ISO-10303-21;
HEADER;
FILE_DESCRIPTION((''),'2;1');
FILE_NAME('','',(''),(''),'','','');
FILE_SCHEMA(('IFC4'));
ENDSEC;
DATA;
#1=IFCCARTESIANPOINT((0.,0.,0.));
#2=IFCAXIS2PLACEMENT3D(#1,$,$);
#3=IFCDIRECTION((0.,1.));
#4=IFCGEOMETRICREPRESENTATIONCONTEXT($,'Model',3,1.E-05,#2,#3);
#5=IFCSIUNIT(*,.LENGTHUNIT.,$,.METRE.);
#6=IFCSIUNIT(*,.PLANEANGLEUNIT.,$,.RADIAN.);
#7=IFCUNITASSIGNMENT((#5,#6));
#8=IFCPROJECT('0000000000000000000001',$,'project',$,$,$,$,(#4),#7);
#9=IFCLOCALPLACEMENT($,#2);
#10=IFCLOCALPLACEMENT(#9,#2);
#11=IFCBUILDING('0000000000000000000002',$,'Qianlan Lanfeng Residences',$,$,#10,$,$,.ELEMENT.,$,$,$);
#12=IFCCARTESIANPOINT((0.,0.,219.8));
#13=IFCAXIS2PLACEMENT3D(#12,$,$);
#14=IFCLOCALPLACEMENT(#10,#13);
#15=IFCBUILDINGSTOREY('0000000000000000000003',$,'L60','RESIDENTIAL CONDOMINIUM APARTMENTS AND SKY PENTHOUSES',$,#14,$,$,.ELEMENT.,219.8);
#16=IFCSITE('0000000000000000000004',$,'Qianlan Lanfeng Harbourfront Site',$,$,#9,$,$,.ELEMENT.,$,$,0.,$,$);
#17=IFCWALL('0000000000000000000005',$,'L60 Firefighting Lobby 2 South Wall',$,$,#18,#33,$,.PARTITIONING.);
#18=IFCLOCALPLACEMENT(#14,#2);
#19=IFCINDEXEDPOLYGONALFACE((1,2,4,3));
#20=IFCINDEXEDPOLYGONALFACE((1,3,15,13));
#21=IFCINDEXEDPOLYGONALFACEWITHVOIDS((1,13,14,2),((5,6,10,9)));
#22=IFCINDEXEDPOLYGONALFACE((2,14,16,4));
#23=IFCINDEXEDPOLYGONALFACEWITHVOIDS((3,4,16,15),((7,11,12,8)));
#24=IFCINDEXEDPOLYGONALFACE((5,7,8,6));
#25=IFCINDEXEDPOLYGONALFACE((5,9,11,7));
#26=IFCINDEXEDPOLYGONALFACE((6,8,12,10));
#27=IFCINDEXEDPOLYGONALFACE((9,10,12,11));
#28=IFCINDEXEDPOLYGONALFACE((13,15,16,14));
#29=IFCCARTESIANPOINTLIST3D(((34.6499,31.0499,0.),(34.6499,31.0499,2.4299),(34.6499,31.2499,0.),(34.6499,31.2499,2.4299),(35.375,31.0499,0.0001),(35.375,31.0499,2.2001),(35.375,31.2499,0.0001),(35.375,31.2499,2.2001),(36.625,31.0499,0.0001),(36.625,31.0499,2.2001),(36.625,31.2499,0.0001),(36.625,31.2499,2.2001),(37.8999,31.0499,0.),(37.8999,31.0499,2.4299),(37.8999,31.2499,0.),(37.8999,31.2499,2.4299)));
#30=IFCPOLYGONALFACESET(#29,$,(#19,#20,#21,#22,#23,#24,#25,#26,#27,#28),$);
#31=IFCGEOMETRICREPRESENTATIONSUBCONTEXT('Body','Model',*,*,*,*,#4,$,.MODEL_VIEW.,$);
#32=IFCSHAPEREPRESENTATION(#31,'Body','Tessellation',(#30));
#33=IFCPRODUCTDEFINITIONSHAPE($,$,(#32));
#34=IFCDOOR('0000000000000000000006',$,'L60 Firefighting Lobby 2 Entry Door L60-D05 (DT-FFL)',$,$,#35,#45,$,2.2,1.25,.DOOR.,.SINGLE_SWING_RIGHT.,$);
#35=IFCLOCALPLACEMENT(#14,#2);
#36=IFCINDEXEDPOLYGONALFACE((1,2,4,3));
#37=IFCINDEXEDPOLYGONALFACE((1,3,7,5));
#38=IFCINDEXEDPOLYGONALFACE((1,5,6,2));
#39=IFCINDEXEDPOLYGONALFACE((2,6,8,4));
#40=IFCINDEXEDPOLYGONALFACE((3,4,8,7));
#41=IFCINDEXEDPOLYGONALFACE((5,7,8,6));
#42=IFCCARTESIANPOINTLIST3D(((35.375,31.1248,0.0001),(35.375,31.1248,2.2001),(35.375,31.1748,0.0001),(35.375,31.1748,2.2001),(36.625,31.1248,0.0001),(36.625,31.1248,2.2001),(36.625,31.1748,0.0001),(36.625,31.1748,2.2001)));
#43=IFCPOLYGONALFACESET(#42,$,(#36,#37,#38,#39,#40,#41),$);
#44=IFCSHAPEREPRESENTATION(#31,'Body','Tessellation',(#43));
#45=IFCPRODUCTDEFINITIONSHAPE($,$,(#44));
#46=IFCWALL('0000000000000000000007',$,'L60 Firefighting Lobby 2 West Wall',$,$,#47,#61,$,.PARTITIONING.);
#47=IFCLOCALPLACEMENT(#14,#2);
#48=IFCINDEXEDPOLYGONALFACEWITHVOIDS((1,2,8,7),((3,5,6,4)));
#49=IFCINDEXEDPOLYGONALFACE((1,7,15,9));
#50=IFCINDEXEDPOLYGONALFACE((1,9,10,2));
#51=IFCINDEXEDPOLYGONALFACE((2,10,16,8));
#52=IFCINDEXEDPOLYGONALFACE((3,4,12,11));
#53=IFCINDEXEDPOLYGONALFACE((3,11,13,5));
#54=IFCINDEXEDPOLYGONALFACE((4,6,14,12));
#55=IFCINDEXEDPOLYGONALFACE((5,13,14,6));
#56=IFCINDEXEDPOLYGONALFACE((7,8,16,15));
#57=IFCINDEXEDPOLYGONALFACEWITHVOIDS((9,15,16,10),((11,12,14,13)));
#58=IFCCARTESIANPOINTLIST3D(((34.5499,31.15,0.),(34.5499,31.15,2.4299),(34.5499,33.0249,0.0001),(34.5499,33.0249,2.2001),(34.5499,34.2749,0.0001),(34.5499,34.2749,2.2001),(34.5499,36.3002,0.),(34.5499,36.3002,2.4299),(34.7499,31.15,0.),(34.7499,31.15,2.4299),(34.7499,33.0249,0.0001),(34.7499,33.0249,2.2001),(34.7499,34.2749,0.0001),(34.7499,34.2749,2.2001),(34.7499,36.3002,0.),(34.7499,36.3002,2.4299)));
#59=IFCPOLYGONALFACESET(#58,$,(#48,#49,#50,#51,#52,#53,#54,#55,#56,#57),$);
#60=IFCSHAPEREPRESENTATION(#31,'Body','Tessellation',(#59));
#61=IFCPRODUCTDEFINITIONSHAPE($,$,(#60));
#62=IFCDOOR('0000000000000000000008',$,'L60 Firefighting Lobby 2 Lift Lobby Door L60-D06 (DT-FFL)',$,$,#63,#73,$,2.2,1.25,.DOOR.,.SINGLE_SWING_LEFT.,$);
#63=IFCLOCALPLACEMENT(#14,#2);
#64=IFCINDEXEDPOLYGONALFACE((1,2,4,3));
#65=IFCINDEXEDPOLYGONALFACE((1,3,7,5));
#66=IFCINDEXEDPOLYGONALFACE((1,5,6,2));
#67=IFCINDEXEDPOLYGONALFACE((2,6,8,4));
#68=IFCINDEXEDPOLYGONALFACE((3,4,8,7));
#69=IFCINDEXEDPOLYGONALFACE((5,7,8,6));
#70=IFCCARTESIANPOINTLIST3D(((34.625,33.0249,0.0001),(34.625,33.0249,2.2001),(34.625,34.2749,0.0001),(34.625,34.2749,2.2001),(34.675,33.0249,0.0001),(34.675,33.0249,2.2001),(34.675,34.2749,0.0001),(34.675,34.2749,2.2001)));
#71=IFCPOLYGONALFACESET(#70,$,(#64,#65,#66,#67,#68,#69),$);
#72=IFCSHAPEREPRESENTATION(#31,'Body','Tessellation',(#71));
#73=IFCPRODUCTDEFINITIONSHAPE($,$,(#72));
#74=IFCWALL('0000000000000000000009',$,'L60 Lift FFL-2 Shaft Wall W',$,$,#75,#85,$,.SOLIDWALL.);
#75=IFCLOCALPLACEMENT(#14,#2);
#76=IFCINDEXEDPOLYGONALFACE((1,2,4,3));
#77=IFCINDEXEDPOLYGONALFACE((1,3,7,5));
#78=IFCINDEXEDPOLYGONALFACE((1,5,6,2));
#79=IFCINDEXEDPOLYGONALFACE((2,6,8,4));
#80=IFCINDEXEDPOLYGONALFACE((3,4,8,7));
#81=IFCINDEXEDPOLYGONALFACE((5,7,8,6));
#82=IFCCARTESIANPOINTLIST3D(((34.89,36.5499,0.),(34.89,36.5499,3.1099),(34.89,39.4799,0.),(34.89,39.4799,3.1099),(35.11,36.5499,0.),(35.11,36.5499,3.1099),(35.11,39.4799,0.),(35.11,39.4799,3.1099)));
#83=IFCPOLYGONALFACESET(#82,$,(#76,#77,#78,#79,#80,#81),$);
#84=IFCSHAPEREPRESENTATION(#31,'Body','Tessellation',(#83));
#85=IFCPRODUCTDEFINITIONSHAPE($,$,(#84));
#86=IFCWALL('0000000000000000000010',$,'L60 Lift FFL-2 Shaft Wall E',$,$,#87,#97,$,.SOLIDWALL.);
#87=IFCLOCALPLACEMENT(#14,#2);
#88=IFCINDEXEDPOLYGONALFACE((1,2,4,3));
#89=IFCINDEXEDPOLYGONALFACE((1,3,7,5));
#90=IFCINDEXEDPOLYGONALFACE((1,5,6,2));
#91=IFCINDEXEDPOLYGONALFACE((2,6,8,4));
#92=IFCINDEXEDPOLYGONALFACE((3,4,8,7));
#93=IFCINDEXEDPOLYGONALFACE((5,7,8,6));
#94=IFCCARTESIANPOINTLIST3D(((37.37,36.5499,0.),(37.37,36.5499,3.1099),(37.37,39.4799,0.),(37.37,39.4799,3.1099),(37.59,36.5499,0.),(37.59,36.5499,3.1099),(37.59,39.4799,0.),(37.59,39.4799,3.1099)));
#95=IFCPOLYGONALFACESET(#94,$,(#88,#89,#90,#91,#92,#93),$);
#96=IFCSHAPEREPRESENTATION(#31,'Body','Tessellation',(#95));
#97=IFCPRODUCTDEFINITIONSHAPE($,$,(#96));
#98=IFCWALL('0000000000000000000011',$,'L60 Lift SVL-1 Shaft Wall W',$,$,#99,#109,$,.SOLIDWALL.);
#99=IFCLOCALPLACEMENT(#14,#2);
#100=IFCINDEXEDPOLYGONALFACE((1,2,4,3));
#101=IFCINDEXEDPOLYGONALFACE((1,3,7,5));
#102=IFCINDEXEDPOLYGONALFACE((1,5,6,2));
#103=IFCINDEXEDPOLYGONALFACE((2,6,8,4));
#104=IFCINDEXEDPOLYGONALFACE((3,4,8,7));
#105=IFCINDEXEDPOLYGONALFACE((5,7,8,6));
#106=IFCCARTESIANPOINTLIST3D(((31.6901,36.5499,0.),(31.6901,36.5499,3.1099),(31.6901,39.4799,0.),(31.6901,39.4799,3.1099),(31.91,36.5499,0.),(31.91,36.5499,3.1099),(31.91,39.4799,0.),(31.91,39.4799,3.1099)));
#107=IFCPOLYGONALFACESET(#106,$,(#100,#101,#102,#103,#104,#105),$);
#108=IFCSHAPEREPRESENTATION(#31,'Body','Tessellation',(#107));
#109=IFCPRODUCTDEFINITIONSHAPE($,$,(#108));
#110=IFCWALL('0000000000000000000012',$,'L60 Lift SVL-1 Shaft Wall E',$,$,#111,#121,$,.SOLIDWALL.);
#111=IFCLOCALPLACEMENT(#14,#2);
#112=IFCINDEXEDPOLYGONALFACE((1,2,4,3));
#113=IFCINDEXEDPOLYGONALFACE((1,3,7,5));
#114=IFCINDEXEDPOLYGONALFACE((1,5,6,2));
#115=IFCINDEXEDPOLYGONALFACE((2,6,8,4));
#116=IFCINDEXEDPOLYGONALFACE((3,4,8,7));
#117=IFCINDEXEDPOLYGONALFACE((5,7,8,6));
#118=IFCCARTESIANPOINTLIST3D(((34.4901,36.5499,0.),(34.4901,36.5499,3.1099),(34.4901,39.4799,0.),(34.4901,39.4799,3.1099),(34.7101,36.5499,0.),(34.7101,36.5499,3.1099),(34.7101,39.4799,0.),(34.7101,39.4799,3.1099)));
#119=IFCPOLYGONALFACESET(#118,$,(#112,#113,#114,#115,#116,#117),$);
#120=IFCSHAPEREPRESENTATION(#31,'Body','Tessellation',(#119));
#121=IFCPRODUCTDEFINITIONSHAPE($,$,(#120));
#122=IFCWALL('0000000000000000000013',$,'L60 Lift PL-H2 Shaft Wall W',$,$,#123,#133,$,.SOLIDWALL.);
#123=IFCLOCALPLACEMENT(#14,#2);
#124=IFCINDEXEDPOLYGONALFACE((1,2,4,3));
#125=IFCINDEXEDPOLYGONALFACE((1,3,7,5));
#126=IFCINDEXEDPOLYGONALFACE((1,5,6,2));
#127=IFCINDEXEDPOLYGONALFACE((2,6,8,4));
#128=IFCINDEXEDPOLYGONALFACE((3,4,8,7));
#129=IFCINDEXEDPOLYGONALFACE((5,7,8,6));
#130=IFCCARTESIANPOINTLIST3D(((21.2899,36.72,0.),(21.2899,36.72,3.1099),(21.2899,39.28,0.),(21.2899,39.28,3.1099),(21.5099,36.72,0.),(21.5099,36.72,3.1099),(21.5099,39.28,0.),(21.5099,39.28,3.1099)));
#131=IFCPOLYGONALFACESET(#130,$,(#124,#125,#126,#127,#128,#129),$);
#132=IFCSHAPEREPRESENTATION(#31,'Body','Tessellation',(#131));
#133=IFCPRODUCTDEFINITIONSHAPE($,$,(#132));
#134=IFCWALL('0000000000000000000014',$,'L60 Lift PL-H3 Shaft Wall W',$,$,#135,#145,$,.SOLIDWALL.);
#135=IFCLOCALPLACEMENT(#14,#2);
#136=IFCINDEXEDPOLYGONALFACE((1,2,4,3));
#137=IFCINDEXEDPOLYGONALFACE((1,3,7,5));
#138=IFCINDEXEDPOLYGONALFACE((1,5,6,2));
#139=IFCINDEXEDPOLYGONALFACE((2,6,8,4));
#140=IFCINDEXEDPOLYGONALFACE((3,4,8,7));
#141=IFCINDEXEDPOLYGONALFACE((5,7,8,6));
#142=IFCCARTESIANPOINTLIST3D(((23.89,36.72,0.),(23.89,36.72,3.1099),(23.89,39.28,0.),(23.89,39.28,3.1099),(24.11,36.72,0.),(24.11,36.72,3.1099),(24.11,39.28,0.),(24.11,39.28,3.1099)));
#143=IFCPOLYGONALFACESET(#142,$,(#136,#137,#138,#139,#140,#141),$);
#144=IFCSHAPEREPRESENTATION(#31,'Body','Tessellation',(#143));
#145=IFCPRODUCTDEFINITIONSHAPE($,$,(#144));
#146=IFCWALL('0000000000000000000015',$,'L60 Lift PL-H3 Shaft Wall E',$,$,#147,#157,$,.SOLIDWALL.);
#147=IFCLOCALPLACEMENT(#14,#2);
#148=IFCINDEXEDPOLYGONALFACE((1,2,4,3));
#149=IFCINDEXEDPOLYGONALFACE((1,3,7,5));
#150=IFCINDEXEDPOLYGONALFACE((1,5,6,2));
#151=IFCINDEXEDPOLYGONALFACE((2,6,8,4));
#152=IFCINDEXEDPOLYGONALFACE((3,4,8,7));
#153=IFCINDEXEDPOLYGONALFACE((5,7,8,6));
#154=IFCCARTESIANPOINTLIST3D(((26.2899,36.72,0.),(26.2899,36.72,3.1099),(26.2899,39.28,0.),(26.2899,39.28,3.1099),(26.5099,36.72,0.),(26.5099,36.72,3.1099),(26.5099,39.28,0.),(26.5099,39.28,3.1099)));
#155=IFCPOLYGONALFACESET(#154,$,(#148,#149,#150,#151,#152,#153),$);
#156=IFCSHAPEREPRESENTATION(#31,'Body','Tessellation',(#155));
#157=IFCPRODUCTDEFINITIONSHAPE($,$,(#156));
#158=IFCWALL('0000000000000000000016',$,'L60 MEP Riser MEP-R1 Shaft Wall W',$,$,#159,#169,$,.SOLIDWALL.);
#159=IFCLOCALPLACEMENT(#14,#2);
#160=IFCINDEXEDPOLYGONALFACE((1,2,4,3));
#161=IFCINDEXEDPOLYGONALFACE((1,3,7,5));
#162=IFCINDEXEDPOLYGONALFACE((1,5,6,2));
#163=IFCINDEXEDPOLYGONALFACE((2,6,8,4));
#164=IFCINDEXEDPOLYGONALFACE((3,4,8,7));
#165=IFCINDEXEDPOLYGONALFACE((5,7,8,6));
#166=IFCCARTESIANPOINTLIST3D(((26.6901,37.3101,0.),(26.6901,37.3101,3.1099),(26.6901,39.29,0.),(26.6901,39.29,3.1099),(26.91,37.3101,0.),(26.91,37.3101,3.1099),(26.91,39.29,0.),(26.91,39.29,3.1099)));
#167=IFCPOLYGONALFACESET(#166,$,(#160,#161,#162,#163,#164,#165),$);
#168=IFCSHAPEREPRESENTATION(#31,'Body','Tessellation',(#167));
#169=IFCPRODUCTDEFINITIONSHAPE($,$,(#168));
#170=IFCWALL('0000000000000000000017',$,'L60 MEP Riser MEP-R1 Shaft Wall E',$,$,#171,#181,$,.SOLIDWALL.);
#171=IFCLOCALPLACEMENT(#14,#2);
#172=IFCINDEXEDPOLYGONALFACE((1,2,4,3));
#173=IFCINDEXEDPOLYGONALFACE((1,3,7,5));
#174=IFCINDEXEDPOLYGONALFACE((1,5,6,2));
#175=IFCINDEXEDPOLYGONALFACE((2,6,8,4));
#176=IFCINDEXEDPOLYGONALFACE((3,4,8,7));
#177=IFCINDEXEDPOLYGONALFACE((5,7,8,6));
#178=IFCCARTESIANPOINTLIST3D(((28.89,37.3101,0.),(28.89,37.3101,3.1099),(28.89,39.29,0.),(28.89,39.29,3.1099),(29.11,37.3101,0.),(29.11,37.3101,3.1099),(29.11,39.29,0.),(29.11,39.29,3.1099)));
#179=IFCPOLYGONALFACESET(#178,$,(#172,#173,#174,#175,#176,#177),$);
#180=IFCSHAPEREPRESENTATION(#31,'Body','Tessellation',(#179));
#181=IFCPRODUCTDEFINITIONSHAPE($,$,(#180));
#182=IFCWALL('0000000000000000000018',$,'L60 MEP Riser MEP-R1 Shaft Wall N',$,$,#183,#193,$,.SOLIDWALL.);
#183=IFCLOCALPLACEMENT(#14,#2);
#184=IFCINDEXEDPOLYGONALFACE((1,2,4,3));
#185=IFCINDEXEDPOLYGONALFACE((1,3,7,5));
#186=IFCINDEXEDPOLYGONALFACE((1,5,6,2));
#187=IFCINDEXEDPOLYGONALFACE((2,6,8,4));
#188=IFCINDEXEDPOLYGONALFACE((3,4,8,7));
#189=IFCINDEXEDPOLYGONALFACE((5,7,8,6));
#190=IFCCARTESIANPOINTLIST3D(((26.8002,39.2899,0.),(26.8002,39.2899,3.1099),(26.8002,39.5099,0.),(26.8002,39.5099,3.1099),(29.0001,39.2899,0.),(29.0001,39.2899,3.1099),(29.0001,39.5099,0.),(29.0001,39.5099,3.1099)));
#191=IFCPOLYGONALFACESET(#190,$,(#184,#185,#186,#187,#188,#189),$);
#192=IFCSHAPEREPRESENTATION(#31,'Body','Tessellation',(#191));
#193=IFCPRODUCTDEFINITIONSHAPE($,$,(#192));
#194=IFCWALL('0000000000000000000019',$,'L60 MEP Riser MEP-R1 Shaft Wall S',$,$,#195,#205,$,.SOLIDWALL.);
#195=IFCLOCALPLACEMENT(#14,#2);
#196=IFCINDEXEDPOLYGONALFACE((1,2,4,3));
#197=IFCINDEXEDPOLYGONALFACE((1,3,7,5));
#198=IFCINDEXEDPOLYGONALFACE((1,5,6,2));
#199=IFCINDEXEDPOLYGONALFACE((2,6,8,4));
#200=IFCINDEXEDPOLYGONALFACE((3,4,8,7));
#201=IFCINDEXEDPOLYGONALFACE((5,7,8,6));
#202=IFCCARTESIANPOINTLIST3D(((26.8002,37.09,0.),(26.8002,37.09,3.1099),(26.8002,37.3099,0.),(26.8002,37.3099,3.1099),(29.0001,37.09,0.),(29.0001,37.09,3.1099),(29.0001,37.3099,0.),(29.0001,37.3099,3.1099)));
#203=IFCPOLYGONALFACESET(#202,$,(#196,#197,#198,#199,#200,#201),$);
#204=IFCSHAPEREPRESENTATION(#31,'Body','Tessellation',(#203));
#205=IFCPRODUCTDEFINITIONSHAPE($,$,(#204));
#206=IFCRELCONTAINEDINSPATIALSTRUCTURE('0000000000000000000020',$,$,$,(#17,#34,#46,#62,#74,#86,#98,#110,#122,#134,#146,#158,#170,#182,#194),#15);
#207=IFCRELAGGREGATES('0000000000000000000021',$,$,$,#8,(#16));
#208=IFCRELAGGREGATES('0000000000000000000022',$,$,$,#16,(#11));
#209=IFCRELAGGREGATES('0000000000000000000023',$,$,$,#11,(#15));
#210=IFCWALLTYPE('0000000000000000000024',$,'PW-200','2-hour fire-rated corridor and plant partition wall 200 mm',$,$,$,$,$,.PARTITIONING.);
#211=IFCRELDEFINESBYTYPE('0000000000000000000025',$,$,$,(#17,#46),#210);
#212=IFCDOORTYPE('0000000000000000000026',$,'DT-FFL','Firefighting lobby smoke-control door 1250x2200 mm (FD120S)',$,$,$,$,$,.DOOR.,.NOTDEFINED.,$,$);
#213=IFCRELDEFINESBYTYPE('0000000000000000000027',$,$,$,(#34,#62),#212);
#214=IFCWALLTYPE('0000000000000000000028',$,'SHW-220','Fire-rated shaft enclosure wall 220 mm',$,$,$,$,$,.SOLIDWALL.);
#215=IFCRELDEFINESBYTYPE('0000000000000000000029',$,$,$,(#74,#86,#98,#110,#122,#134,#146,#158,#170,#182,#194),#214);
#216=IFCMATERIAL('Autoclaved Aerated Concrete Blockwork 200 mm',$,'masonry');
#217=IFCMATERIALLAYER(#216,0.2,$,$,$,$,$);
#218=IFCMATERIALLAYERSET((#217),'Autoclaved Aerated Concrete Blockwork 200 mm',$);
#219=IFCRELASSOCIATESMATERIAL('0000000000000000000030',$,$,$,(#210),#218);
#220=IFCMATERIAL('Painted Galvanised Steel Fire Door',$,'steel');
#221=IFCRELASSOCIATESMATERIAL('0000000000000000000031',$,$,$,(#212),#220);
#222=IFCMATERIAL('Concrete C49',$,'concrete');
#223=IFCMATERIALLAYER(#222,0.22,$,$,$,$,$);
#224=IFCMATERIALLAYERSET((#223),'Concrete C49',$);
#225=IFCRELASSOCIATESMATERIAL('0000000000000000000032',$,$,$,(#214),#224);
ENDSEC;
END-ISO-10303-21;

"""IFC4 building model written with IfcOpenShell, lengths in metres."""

from ifc_helpers import new_model, si_unit, direction, frame, frame_2d, origin, place, context, subcontext, project, spatial, rectangle, extrude, material, layer, layer_set, type_object, element, fill, save


model = new_model("IFC4")

# Units and contexts
model_context = context("Model", 3, precision=1e-05, world=origin(), true_north=direction((0.0, 1.0)))
body_context = subcontext(model_context, "Body", "Model", "MODEL_VIEW")
ifc_project = project(units=[si_unit("LENGTHUNIT", "METRE"), si_unit("PLANEANGLEUNIT", "RADIAN")], contexts=[model_context])

# Site, building, storey
site_placement = place(None, origin())
site = spatial("IfcSite", under=ifc_project, at=site_placement, Name="Qianlan Lanfeng Harbourfront Site", CompositionType="ELEMENT", RefElevation=0.0)
building_placement = place(site_placement, origin())
building = spatial("IfcBuilding", under=site, at=building_placement, Name="Qianlan Lanfeng Residences", CompositionType="ELEMENT")
storey_placement = place(building_placement, frame((0.0, 0.0, 219.8)))
storey = spatial("IfcBuildingStorey", under=building, at=storey_placement, Name="L60", Description="RESIDENTIAL CONDOMINIUM APARTMENTS AND SKY PENTHOUSES", CompositionType="ELEMENT", Elevation=219.8)

# Walls, openings, doors
ifc_material_1 = material(Name="Autoclaved Aerated Concrete Blockwork 200 mm", Category="masonry")
ifc_layer_1 = layer(ifc_material_1, 0.2)
ifc_layer_set_1 = layer_set([ifc_layer_1], Name="Autoclaved Aerated Concrete Blockwork 200 mm")
wall_type_1 = type_object("IfcWallType", Name="PW-200", Description="2-hour fire-rated corridor and plant partition wall 200 mm", PredefinedType="PARTITIONING", material=ifc_layer_set_1)
wall_1_placement = place(storey_placement, frame((34.6499, 31.1499, 0.0), z_axis=(0.0, 0.0, 1.0), x_axis=(1.0, 0.0, 0.0)))
wall_1 = element("IfcWall", 1, at=wall_1_placement, inside=storey, type_object=wall_type_1, Name="L60 Firefighting Lobby 2 South Wall", PredefinedType="PARTITIONING", context=body_context, shape_type="SweptSolid", body=[
    extrude(rectangle(XDim=3.25, YDim=0.2, at=frame_2d((1.625, 0.0))), origin(), (0.0, 0.0, 1.0), 2.4299),
])
opening_1_placement = place(wall_1_placement, frame((0.7251, 0.0, 0.0)))
opening_1 = element("IfcOpeningElement", 2, at=opening_1_placement, cuts=wall_1, PredefinedType="OPENING", context=body_context, shape_type="SweptSolid", body=[
    extrude(rectangle(XDim=1.25, YDim=2.2, at=frame_2d((0.625, 1.1001))), frame((0.0, 0.1099, 0.0), z_axis=(0.0, -1.0, 0.0), x_axis=(1.0, 0.0, 0.0)), (0.0, 0.0, 1.0), 0.22),
])
ifc_material_2 = material(Name="Painted Galvanised Steel Fire Door", Category="steel")
door_type = type_object("IfcDoorType", Name="DT-FFL", Description="Firefighting lobby smoke-control door 1250x2200 mm (FD120S)", OperationType="NOTDEFINED", PredefinedType="DOOR", material=ifc_material_2)
door_1_placement = place(opening_1_placement, origin())
door_1 = element("IfcDoor", 3, at=door_1_placement, inside=storey, type_object=door_type, Name="L60 Firefighting Lobby 2 Entry Door L60-D05 (DT-FFL)", OperationType="SINGLE_SWING_RIGHT", OverallHeight=2.2, OverallWidth=1.25, PredefinedType="DOOR", context=body_context, shape_type="SweptSolid", body=[
    extrude(rectangle(XDim=1.25, YDim=2.2, at=frame_2d((0.625, 1.1001))), frame((0.0, 0.0249, 0.0), z_axis=(0.0, -1.0, 0.0), x_axis=(1.0, 0.0, 0.0)), (0.0, 0.0, 1.0), 0.05),
])
fill(opening_1, door_1)
wall_2_placement = place(storey_placement, frame((34.6499, 31.1499, 0.0), z_axis=(0.0, 0.0, 1.0), x_axis=(0.0, 1.0, 0.0)))
wall_2 = element("IfcWall", 4, at=wall_2_placement, inside=storey, type_object=wall_type_1, Name="L60 Firefighting Lobby 2 West Wall", PredefinedType="PARTITIONING", context=body_context, shape_type="SweptSolid", body=[
    extrude(rectangle(XDim=5.1501, YDim=0.2, at=frame_2d((2.5752, 0.0))), origin(), (0.0, 0.0, 1.0), 2.4299),
])
opening_2_placement = place(wall_2_placement, frame((1.875, 0.0, 0.0)))
opening_2 = element("IfcOpeningElement", 5, at=opening_2_placement, cuts=wall_2, PredefinedType="OPENING", context=body_context, shape_type="SweptSolid", body=[
    extrude(rectangle(XDim=1.25, YDim=2.2, at=frame_2d((0.625, 1.1001))), frame((0.0, 0.1099, 0.0), z_axis=(0.0, -1.0, 0.0), x_axis=(1.0, 0.0, 0.0)), (0.0, 0.0, 1.0), 0.22),
])
door_2_placement = place(opening_2_placement, origin())
door_2 = element("IfcDoor", 6, at=door_2_placement, inside=storey, type_object=door_type, Name="L60 Firefighting Lobby 2 Lift Lobby Door L60-D06 (DT-FFL)", OperationType="SINGLE_SWING_LEFT", OverallHeight=2.2, OverallWidth=1.25, PredefinedType="DOOR", context=body_context, shape_type="SweptSolid", body=[
    extrude(rectangle(XDim=1.25, YDim=2.2, at=frame_2d((0.625, 1.1001))), frame((0.0, 0.0249, 0.0), z_axis=(0.0, -1.0, 0.0), x_axis=(1.0, 0.0, 0.0)), (0.0, 0.0, 1.0), 0.05),
])
fill(opening_2, door_2)

# Walls
ifc_material_3 = material(Name="Concrete C49", Category="concrete")
ifc_layer_2 = layer(ifc_material_3, 0.22)
ifc_layer_set_2 = layer_set([ifc_layer_2], Name="Concrete C49")
wall_type_2 = type_object("IfcWallType", Name="SHW-220", Description="Fire-rated shaft enclosure wall 220 mm", PredefinedType="SOLIDWALL", material=ifc_layer_set_2)
for number, where, z_axis, x_axis, name in (
    (7, (35.0, 36.55, 0.0), (0.0, 0.0, 1.0), (0.0, 1.0, 0.0), "L60 Lift FFL-2 Shaft Wall W"),
    (8, (37.48, 36.55, 0.0), (0.0, 0.0, 1.0), (0.0, 1.0, 0.0), "L60 Lift FFL-2 Shaft Wall E"),
    (9, (31.8, 36.55, 0.0), (0.0, 0.0, 1.0), (0.0, 1.0, 0.0), "L60 Lift SVL-1 Shaft Wall W"),
    (10, (34.6001, 36.55, 0.0), (0.0, 0.0, 1.0), (0.0, 1.0, 0.0), "L60 Lift SVL-1 Shaft Wall E"),
):
    element("IfcWall", number, at=place(storey_placement, frame(where, z_axis=z_axis, x_axis=x_axis)), inside=storey, type_object=wall_type_2, Name=name, PredefinedType="SOLIDWALL", context=body_context, shape_type="SweptSolid", body=[
        extrude(rectangle(XDim=2.9299, YDim=0.22, at=frame_2d((1.4648, 0.0))), origin(), (0.0, 0.0, 1.0), 3.1099),
    ])
for number, where, z_axis, x_axis, name in (
    (11, (21.3999, 36.72, 0.0), (0.0, 0.0, 1.0), (0.0, 1.0, 0.0), "L60 Lift PL-H2 Shaft Wall W"),
    (12, (24.0, 36.72, 0.0), (0.0, 0.0, 1.0), (0.0, 1.0, 0.0), "L60 Lift PL-H3 Shaft Wall W"),
    (13, (26.3999, 36.72, 0.0), (0.0, 0.0, 1.0), (0.0, 1.0, 0.0), "L60 Lift PL-H3 Shaft Wall E"),
):
    element("IfcWall", number, at=place(storey_placement, frame(where, z_axis=z_axis, x_axis=x_axis)), inside=storey, type_object=wall_type_2, Name=name, PredefinedType="SOLIDWALL", context=body_context, shape_type="SweptSolid", body=[
        extrude(rectangle(XDim=2.5601, YDim=0.22, at=frame_2d((1.28, 0.0))), origin(), (0.0, 0.0, 1.0), 3.1099),
    ])
for number, where, z_axis, x_axis, name in (
    (14, (26.8, 37.3101, 0.0), (0.0, 0.0, 1.0), (0.0, 1.0, 0.0), "L60 MEP Riser MEP-R1 Shaft Wall W"),
    (15, (29.0, 37.3101, 0.0), (0.0, 0.0, 1.0), (0.0, 1.0, 0.0), "L60 MEP Riser MEP-R1 Shaft Wall E"),
):
    element("IfcWall", number, at=place(storey_placement, frame(where, z_axis=z_axis, x_axis=x_axis)), inside=storey, type_object=wall_type_2, Name=name, PredefinedType="SOLIDWALL", context=body_context, shape_type="SweptSolid", body=[
        extrude(rectangle(XDim=1.98, YDim=0.22, at=frame_2d((0.99, 0.0))), origin(), (0.0, 0.0, 1.0), 3.1099),
    ])
for number, where, z_axis, x_axis, name in (
    (16, (26.8, 39.3999, 0.0), (0.0, 0.0, 1.0), (1.0, 0.0, 0.0), "L60 MEP Riser MEP-R1 Shaft Wall N"),
    (17, (26.8, 37.2, 0.0), (0.0, 0.0, 1.0), (1.0, 0.0, 0.0), "L60 MEP Riser MEP-R1 Shaft Wall S"),
):
    element("IfcWall", number, at=place(storey_placement, frame(where, z_axis=z_axis, x_axis=x_axis)), inside=storey, type_object=wall_type_2, Name=name, PredefinedType="SOLIDWALL", context=body_context, shape_type="SweptSolid", body=[
        extrude(rectangle(XDim=2.2, YDim=0.22, at=frame_2d((1.1001, 0.0))), origin(), (0.0, 0.0, 1.0), 3.1099),
    ])

save(model, "model.ifc")
